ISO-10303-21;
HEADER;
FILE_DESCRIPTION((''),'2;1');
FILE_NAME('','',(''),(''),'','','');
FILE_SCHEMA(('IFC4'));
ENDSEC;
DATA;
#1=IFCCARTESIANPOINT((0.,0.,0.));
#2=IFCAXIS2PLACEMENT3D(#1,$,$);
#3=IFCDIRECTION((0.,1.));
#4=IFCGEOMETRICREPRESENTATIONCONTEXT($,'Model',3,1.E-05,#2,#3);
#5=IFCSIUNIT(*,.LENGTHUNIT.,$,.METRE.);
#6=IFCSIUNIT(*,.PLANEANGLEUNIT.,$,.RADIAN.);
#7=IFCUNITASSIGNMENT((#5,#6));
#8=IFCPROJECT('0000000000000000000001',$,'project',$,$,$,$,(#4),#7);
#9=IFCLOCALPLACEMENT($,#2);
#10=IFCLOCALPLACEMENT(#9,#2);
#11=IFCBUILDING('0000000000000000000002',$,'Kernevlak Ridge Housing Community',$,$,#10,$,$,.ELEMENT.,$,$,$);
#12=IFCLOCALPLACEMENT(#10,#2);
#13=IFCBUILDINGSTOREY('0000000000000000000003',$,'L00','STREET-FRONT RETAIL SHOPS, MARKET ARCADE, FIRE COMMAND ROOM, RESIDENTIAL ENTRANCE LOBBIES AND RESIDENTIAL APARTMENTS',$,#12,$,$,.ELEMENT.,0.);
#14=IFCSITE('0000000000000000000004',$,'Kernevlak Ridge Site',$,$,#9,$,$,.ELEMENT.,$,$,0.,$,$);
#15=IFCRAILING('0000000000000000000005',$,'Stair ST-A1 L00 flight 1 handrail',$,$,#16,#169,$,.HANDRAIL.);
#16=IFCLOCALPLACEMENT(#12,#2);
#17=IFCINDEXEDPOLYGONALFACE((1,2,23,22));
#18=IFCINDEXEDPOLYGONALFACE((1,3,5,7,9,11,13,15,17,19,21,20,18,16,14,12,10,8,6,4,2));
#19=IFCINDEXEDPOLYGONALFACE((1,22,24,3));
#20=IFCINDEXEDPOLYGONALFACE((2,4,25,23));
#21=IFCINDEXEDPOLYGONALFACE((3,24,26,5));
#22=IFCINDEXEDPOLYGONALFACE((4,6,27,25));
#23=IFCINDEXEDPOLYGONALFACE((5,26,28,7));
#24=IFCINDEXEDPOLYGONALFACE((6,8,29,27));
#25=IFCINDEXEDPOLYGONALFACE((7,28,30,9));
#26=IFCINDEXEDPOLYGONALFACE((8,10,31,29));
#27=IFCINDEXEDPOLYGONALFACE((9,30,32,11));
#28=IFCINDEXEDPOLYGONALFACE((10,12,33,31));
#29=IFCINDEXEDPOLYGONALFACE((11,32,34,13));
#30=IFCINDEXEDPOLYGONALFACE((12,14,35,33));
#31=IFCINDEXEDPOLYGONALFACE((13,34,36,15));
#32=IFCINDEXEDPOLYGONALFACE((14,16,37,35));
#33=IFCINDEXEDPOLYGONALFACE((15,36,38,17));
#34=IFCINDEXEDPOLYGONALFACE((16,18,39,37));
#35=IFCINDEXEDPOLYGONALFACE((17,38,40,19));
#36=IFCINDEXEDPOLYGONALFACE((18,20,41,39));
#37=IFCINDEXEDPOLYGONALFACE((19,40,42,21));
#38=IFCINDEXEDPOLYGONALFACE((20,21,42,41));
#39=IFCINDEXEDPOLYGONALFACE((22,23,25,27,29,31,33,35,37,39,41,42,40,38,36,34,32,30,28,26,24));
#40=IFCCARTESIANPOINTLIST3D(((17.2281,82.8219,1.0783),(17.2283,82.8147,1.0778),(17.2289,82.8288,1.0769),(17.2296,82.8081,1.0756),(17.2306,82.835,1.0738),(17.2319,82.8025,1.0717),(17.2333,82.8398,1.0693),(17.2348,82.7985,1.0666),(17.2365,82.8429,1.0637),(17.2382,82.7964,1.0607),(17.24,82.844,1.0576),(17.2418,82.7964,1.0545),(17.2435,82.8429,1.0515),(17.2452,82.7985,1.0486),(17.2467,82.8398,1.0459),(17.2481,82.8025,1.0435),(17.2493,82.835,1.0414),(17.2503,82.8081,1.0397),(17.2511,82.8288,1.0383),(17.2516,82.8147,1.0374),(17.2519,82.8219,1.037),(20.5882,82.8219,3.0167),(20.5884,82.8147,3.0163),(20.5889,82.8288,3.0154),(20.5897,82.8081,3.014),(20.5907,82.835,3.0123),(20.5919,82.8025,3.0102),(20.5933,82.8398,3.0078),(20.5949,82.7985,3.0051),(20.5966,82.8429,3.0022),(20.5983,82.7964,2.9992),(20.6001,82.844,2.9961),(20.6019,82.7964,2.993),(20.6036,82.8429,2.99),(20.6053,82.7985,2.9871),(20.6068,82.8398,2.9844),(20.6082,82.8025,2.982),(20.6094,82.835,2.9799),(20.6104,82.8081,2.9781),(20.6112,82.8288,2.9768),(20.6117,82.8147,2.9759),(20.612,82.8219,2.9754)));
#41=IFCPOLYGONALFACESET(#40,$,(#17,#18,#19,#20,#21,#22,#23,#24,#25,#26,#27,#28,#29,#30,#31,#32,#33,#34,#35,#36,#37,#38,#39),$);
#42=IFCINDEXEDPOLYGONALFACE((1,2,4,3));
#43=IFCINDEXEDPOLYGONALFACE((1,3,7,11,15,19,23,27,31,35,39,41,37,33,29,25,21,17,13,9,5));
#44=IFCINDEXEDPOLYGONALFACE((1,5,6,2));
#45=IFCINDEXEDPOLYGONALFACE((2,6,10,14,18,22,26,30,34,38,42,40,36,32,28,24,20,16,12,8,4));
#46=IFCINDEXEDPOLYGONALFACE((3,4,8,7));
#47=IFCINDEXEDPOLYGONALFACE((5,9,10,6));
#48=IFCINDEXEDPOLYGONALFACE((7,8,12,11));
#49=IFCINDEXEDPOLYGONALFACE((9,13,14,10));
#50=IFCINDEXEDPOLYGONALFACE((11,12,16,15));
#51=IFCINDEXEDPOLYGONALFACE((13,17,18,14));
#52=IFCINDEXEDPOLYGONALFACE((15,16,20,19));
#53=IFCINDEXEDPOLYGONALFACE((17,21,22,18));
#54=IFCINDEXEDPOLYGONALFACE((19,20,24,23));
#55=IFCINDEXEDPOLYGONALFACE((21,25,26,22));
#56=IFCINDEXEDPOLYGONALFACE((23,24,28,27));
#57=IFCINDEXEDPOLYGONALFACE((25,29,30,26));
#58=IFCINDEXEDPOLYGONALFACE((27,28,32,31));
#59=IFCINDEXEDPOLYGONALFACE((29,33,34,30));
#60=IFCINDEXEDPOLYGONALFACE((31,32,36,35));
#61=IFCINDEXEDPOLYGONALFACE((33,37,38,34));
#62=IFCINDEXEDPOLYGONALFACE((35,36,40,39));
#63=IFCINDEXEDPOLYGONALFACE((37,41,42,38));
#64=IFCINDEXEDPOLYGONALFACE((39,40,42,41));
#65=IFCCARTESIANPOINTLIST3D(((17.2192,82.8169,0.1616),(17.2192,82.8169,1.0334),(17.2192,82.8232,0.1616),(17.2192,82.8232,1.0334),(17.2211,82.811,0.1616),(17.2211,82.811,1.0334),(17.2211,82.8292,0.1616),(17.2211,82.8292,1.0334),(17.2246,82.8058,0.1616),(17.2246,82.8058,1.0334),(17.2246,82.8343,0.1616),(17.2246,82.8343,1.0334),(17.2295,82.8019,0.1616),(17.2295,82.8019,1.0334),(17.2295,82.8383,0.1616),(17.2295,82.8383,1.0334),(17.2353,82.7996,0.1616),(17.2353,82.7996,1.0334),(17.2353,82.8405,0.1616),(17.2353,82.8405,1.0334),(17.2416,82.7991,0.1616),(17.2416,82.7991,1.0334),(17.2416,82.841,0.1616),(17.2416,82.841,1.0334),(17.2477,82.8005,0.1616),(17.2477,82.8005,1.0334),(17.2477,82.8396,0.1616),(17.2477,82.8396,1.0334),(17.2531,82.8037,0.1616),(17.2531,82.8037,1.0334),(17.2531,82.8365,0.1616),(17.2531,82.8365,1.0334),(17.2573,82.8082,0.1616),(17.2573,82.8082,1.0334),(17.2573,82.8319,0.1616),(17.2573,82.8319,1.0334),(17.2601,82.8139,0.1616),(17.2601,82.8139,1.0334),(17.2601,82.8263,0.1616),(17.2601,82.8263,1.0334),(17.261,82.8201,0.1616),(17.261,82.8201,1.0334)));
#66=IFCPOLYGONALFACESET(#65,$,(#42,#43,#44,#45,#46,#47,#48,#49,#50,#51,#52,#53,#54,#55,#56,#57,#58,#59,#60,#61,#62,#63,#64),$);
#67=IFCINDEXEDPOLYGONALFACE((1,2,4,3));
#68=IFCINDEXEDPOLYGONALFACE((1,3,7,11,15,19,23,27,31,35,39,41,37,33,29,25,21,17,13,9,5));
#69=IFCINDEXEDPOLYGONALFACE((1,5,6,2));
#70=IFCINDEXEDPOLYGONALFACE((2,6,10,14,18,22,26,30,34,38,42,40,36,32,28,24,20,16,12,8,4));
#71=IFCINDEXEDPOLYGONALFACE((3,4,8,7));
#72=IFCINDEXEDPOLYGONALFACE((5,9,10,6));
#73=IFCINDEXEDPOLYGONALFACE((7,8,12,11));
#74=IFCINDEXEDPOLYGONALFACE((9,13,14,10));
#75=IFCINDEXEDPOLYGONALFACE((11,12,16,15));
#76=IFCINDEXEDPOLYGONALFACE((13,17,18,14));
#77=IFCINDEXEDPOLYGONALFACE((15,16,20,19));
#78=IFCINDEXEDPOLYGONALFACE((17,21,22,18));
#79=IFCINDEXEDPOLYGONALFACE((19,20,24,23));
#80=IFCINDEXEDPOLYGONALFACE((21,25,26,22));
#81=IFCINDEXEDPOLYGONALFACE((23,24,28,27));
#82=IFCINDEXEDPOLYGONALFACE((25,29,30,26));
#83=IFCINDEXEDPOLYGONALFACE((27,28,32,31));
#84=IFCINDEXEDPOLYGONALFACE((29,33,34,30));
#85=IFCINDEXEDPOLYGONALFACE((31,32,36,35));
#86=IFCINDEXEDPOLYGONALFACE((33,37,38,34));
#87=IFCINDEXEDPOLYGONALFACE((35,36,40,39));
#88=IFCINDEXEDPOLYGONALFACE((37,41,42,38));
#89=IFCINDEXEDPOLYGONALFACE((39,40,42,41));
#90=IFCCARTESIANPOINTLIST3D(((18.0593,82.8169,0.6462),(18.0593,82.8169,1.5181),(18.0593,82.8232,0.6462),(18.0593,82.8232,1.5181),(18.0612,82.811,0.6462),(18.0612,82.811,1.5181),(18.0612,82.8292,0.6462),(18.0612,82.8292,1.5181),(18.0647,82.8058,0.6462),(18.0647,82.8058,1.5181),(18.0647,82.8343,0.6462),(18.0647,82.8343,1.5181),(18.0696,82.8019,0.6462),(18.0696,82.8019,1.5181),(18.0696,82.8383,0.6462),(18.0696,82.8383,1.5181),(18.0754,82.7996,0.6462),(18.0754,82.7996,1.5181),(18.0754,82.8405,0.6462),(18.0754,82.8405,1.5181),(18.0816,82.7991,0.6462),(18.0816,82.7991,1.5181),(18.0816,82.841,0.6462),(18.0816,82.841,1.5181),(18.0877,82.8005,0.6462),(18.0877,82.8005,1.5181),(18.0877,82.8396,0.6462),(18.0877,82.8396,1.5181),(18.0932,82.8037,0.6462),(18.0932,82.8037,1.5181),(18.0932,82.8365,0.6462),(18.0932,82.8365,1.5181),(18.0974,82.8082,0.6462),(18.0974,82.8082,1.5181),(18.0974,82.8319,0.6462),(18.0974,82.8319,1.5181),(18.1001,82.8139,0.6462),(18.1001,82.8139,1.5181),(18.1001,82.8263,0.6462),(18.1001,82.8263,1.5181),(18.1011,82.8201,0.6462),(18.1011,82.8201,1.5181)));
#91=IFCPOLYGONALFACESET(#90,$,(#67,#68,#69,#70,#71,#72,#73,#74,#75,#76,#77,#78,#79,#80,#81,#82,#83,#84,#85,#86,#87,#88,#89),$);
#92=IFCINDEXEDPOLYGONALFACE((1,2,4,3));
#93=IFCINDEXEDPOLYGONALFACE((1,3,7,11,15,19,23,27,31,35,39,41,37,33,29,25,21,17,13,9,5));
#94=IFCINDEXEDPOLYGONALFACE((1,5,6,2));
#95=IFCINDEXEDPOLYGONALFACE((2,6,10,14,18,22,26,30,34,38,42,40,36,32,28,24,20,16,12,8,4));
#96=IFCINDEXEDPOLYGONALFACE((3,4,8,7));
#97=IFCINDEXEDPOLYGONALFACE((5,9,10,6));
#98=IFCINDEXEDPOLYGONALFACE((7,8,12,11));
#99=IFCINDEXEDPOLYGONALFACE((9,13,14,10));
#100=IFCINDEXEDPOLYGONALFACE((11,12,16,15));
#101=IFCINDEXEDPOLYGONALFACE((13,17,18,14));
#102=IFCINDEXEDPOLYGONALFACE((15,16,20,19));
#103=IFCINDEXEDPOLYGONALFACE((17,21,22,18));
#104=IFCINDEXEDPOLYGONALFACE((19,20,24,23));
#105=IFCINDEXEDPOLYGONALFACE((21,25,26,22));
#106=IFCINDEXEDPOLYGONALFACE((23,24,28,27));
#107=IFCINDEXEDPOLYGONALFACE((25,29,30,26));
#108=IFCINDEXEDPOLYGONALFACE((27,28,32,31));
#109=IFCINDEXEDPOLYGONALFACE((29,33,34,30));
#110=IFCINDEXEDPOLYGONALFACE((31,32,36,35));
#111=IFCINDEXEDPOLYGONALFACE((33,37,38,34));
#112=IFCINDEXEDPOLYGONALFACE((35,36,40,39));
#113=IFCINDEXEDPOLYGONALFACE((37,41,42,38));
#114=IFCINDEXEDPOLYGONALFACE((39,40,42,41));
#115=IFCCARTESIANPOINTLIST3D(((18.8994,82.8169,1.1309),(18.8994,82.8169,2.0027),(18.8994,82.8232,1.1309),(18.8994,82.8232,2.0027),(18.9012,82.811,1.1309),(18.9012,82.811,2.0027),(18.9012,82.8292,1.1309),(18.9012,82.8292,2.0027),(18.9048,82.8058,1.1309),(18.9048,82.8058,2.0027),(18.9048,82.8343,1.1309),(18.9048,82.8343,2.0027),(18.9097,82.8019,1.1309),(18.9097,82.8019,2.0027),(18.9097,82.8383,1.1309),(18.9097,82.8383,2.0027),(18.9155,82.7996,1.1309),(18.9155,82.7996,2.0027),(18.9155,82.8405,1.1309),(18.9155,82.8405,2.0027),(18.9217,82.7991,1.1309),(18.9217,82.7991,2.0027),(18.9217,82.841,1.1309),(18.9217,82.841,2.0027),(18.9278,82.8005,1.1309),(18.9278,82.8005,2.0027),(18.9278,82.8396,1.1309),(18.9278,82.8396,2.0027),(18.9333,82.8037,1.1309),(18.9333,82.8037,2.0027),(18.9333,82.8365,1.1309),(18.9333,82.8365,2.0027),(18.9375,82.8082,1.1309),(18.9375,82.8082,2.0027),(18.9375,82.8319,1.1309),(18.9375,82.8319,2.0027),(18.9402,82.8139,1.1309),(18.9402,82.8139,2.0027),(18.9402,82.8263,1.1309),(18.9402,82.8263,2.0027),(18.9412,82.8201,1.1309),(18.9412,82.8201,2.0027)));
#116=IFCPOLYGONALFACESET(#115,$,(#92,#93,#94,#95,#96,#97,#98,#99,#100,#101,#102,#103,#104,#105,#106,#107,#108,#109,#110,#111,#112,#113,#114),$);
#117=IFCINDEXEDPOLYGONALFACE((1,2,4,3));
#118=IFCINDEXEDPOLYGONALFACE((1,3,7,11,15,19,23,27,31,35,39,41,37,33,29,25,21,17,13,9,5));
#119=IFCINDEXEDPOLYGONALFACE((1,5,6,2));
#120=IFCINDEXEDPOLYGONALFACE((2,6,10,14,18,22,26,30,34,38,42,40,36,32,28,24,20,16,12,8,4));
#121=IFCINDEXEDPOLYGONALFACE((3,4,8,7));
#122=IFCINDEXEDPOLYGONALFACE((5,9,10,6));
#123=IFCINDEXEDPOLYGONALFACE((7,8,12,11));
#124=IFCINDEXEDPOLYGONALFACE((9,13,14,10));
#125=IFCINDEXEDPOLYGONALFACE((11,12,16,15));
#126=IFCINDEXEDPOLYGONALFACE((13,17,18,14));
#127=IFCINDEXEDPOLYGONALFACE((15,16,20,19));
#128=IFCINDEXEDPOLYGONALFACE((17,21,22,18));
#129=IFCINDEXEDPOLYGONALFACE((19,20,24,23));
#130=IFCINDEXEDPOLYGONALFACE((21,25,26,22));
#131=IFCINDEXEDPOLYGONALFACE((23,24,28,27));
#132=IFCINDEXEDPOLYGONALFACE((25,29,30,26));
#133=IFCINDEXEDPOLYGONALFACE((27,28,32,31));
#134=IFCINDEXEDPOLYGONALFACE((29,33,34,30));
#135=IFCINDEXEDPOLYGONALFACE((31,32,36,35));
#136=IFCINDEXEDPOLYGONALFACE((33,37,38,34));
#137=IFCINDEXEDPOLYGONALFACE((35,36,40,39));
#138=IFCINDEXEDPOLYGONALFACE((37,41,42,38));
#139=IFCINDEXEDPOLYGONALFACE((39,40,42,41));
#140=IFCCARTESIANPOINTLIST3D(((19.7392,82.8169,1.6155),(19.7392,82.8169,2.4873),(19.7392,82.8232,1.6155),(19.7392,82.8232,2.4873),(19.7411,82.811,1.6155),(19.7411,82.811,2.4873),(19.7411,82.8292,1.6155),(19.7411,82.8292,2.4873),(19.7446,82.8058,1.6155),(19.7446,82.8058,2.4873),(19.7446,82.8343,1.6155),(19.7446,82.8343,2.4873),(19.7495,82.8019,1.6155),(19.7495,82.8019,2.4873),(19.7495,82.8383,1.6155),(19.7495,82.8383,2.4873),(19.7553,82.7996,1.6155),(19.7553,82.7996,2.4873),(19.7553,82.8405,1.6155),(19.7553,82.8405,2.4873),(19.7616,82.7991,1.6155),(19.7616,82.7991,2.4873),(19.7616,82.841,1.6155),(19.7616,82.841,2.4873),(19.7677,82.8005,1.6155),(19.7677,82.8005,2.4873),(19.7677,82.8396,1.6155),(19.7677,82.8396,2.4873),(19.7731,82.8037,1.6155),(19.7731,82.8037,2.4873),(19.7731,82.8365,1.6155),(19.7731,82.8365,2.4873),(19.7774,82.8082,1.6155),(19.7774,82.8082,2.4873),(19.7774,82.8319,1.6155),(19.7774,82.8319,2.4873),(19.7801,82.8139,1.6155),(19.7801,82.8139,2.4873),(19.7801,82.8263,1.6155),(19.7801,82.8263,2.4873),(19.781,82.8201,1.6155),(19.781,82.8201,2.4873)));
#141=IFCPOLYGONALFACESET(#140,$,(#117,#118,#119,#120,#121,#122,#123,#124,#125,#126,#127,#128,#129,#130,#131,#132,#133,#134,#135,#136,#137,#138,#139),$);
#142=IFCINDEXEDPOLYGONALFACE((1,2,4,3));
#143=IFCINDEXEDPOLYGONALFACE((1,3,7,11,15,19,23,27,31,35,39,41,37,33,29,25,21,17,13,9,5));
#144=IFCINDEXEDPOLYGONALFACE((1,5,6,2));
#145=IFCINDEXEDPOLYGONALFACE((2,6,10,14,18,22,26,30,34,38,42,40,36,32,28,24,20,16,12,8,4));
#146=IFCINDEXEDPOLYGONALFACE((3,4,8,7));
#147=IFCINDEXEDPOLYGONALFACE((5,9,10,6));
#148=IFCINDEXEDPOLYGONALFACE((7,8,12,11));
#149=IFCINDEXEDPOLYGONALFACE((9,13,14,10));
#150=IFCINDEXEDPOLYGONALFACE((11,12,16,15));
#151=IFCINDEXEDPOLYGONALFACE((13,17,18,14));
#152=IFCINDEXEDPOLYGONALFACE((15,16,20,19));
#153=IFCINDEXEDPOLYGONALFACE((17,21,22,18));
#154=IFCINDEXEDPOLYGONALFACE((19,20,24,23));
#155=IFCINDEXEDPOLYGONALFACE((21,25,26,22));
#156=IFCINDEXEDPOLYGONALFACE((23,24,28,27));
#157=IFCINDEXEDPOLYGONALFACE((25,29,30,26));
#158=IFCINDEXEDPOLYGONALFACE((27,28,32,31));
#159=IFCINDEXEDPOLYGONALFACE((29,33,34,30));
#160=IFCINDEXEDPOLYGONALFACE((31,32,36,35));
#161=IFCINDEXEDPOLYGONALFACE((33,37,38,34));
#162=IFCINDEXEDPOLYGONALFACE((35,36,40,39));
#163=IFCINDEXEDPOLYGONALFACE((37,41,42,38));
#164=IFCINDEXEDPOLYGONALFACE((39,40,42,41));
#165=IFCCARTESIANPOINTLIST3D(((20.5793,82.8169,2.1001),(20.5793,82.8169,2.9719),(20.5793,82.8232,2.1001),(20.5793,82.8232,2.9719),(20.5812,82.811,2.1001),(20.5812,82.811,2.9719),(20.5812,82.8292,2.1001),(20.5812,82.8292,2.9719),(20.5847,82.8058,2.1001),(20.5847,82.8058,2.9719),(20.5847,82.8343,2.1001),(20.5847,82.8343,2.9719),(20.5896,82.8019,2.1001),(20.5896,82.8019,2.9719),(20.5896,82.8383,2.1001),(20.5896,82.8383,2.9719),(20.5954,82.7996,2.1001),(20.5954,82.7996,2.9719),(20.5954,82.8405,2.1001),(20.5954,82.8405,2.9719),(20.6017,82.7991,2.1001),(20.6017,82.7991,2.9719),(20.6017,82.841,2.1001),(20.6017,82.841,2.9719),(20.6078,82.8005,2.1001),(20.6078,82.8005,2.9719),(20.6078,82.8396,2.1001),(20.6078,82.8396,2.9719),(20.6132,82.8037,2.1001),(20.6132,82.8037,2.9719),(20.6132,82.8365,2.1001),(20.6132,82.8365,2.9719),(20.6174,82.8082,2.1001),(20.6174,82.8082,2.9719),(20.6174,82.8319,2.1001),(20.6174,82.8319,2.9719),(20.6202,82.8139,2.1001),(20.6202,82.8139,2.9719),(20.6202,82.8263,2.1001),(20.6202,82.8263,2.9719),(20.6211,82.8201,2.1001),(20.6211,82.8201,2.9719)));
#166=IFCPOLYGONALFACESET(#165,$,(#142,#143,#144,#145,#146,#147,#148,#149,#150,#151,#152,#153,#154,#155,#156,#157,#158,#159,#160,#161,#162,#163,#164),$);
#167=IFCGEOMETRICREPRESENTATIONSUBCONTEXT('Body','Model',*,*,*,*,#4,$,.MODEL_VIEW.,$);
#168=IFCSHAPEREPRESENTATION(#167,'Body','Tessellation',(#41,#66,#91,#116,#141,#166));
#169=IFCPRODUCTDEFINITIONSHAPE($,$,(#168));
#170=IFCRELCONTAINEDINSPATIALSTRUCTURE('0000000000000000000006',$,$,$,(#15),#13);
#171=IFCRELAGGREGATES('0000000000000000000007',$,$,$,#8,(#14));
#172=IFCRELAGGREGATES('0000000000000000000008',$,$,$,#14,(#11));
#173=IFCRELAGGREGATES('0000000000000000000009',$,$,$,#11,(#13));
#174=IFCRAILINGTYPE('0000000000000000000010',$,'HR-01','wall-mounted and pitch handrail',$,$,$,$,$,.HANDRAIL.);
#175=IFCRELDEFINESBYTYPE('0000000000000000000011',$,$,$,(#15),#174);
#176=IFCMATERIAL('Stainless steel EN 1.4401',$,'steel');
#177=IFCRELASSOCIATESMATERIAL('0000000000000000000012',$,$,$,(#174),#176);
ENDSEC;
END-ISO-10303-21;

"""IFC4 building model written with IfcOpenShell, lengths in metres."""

from ifc_helpers import new_model, si_unit, direction, frame, origin, origin_2d, place, context, subcontext, project, spatial, circle, extrude, material, type_object, element, save


model = new_model("IFC4")

# Units and contexts
model_context = context("Model", 3, precision=1e-05, world=origin(), true_north=direction((0.0, 1.0)))
body_context = subcontext(model_context, "Body", "Model", "MODEL_VIEW")
ifc_project = project(units=[si_unit("LENGTHUNIT", "METRE"), si_unit("PLANEANGLEUNIT", "RADIAN")], contexts=[model_context])

# Site, building, storey
site_placement = place(None, origin())
site = spatial("IfcSite", under=ifc_project, at=site_placement, Name="Kernevlak Ridge Site", CompositionType="ELEMENT", RefElevation=0.0)
building_placement = place(site_placement, origin())
building = spatial("IfcBuilding", under=site, at=building_placement, Name="Kernevlak Ridge Housing Community", CompositionType="ELEMENT")
storey_placement = place(building_placement, origin())
storey = spatial("IfcBuildingStorey", under=building, at=storey_placement, Name="L00", Description="STREET-FRONT RETAIL SHOPS, MARKET ARCADE, FIRE COMMAND ROOM, RESIDENTIAL ENTRANCE LOBBIES AND RESIDENTIAL APARTMENTS", CompositionType="ELEMENT", Elevation=0.0)

# Shared definitions
ifc_material_1 = material(Name="Stainless steel EN 1.4401", Category="steel")

# Railing
railing_type_1 = type_object("IfcRailingType", Name="HR-01", Description="wall-mounted and pitch handrail", PredefinedType="HANDRAIL", material=ifc_material_1)
railing_1_placement = place(storey_placement, frame((17.24, 82.8201, 0.1616)))
element("IfcRailing", 1, at=railing_1_placement, inside=storey, type_object=railing_type_1, Name="Stair ST-A1 L00 flight 1 handrail", PredefinedType="HANDRAIL", context=body_context, shape_type="SweptSolid", body=[
    extrude(circle(Radius=0.0239, at=origin_2d()), frame((0.0, 0.0, 0.896), z_axis=(0.866191, 0.0, 0.499713), x_axis=(0.0, 1.0, 0.0)), (0.0, 0.0, 1.0), 3.8792),
    extrude(circle(Radius=0.021, at=origin_2d()), origin(), (0.0, 0.0, 1.0), 0.8718),
    extrude(circle(Radius=0.021, at=origin_2d()), frame((0.8401, 0.0, 0.4846)), (0.0, 0.0, 1.0), 0.8718),
    extrude(circle(Radius=0.021, at=origin_2d()), frame((1.6802, 0.0, 0.9692)), (0.0, 0.0, 1.0), 0.8718),
    extrude(circle(Radius=0.021, at=origin_2d()), frame((2.52, 0.0, 1.4539)), (0.0, 0.0, 1.0), 0.8718),
    extrude(circle(Radius=0.021, at=origin_2d()), frame((3.3601, 0.0, 1.9385)), (0.0, 0.0, 1.0), 0.8718),
])

save(model, "model.ifc")
